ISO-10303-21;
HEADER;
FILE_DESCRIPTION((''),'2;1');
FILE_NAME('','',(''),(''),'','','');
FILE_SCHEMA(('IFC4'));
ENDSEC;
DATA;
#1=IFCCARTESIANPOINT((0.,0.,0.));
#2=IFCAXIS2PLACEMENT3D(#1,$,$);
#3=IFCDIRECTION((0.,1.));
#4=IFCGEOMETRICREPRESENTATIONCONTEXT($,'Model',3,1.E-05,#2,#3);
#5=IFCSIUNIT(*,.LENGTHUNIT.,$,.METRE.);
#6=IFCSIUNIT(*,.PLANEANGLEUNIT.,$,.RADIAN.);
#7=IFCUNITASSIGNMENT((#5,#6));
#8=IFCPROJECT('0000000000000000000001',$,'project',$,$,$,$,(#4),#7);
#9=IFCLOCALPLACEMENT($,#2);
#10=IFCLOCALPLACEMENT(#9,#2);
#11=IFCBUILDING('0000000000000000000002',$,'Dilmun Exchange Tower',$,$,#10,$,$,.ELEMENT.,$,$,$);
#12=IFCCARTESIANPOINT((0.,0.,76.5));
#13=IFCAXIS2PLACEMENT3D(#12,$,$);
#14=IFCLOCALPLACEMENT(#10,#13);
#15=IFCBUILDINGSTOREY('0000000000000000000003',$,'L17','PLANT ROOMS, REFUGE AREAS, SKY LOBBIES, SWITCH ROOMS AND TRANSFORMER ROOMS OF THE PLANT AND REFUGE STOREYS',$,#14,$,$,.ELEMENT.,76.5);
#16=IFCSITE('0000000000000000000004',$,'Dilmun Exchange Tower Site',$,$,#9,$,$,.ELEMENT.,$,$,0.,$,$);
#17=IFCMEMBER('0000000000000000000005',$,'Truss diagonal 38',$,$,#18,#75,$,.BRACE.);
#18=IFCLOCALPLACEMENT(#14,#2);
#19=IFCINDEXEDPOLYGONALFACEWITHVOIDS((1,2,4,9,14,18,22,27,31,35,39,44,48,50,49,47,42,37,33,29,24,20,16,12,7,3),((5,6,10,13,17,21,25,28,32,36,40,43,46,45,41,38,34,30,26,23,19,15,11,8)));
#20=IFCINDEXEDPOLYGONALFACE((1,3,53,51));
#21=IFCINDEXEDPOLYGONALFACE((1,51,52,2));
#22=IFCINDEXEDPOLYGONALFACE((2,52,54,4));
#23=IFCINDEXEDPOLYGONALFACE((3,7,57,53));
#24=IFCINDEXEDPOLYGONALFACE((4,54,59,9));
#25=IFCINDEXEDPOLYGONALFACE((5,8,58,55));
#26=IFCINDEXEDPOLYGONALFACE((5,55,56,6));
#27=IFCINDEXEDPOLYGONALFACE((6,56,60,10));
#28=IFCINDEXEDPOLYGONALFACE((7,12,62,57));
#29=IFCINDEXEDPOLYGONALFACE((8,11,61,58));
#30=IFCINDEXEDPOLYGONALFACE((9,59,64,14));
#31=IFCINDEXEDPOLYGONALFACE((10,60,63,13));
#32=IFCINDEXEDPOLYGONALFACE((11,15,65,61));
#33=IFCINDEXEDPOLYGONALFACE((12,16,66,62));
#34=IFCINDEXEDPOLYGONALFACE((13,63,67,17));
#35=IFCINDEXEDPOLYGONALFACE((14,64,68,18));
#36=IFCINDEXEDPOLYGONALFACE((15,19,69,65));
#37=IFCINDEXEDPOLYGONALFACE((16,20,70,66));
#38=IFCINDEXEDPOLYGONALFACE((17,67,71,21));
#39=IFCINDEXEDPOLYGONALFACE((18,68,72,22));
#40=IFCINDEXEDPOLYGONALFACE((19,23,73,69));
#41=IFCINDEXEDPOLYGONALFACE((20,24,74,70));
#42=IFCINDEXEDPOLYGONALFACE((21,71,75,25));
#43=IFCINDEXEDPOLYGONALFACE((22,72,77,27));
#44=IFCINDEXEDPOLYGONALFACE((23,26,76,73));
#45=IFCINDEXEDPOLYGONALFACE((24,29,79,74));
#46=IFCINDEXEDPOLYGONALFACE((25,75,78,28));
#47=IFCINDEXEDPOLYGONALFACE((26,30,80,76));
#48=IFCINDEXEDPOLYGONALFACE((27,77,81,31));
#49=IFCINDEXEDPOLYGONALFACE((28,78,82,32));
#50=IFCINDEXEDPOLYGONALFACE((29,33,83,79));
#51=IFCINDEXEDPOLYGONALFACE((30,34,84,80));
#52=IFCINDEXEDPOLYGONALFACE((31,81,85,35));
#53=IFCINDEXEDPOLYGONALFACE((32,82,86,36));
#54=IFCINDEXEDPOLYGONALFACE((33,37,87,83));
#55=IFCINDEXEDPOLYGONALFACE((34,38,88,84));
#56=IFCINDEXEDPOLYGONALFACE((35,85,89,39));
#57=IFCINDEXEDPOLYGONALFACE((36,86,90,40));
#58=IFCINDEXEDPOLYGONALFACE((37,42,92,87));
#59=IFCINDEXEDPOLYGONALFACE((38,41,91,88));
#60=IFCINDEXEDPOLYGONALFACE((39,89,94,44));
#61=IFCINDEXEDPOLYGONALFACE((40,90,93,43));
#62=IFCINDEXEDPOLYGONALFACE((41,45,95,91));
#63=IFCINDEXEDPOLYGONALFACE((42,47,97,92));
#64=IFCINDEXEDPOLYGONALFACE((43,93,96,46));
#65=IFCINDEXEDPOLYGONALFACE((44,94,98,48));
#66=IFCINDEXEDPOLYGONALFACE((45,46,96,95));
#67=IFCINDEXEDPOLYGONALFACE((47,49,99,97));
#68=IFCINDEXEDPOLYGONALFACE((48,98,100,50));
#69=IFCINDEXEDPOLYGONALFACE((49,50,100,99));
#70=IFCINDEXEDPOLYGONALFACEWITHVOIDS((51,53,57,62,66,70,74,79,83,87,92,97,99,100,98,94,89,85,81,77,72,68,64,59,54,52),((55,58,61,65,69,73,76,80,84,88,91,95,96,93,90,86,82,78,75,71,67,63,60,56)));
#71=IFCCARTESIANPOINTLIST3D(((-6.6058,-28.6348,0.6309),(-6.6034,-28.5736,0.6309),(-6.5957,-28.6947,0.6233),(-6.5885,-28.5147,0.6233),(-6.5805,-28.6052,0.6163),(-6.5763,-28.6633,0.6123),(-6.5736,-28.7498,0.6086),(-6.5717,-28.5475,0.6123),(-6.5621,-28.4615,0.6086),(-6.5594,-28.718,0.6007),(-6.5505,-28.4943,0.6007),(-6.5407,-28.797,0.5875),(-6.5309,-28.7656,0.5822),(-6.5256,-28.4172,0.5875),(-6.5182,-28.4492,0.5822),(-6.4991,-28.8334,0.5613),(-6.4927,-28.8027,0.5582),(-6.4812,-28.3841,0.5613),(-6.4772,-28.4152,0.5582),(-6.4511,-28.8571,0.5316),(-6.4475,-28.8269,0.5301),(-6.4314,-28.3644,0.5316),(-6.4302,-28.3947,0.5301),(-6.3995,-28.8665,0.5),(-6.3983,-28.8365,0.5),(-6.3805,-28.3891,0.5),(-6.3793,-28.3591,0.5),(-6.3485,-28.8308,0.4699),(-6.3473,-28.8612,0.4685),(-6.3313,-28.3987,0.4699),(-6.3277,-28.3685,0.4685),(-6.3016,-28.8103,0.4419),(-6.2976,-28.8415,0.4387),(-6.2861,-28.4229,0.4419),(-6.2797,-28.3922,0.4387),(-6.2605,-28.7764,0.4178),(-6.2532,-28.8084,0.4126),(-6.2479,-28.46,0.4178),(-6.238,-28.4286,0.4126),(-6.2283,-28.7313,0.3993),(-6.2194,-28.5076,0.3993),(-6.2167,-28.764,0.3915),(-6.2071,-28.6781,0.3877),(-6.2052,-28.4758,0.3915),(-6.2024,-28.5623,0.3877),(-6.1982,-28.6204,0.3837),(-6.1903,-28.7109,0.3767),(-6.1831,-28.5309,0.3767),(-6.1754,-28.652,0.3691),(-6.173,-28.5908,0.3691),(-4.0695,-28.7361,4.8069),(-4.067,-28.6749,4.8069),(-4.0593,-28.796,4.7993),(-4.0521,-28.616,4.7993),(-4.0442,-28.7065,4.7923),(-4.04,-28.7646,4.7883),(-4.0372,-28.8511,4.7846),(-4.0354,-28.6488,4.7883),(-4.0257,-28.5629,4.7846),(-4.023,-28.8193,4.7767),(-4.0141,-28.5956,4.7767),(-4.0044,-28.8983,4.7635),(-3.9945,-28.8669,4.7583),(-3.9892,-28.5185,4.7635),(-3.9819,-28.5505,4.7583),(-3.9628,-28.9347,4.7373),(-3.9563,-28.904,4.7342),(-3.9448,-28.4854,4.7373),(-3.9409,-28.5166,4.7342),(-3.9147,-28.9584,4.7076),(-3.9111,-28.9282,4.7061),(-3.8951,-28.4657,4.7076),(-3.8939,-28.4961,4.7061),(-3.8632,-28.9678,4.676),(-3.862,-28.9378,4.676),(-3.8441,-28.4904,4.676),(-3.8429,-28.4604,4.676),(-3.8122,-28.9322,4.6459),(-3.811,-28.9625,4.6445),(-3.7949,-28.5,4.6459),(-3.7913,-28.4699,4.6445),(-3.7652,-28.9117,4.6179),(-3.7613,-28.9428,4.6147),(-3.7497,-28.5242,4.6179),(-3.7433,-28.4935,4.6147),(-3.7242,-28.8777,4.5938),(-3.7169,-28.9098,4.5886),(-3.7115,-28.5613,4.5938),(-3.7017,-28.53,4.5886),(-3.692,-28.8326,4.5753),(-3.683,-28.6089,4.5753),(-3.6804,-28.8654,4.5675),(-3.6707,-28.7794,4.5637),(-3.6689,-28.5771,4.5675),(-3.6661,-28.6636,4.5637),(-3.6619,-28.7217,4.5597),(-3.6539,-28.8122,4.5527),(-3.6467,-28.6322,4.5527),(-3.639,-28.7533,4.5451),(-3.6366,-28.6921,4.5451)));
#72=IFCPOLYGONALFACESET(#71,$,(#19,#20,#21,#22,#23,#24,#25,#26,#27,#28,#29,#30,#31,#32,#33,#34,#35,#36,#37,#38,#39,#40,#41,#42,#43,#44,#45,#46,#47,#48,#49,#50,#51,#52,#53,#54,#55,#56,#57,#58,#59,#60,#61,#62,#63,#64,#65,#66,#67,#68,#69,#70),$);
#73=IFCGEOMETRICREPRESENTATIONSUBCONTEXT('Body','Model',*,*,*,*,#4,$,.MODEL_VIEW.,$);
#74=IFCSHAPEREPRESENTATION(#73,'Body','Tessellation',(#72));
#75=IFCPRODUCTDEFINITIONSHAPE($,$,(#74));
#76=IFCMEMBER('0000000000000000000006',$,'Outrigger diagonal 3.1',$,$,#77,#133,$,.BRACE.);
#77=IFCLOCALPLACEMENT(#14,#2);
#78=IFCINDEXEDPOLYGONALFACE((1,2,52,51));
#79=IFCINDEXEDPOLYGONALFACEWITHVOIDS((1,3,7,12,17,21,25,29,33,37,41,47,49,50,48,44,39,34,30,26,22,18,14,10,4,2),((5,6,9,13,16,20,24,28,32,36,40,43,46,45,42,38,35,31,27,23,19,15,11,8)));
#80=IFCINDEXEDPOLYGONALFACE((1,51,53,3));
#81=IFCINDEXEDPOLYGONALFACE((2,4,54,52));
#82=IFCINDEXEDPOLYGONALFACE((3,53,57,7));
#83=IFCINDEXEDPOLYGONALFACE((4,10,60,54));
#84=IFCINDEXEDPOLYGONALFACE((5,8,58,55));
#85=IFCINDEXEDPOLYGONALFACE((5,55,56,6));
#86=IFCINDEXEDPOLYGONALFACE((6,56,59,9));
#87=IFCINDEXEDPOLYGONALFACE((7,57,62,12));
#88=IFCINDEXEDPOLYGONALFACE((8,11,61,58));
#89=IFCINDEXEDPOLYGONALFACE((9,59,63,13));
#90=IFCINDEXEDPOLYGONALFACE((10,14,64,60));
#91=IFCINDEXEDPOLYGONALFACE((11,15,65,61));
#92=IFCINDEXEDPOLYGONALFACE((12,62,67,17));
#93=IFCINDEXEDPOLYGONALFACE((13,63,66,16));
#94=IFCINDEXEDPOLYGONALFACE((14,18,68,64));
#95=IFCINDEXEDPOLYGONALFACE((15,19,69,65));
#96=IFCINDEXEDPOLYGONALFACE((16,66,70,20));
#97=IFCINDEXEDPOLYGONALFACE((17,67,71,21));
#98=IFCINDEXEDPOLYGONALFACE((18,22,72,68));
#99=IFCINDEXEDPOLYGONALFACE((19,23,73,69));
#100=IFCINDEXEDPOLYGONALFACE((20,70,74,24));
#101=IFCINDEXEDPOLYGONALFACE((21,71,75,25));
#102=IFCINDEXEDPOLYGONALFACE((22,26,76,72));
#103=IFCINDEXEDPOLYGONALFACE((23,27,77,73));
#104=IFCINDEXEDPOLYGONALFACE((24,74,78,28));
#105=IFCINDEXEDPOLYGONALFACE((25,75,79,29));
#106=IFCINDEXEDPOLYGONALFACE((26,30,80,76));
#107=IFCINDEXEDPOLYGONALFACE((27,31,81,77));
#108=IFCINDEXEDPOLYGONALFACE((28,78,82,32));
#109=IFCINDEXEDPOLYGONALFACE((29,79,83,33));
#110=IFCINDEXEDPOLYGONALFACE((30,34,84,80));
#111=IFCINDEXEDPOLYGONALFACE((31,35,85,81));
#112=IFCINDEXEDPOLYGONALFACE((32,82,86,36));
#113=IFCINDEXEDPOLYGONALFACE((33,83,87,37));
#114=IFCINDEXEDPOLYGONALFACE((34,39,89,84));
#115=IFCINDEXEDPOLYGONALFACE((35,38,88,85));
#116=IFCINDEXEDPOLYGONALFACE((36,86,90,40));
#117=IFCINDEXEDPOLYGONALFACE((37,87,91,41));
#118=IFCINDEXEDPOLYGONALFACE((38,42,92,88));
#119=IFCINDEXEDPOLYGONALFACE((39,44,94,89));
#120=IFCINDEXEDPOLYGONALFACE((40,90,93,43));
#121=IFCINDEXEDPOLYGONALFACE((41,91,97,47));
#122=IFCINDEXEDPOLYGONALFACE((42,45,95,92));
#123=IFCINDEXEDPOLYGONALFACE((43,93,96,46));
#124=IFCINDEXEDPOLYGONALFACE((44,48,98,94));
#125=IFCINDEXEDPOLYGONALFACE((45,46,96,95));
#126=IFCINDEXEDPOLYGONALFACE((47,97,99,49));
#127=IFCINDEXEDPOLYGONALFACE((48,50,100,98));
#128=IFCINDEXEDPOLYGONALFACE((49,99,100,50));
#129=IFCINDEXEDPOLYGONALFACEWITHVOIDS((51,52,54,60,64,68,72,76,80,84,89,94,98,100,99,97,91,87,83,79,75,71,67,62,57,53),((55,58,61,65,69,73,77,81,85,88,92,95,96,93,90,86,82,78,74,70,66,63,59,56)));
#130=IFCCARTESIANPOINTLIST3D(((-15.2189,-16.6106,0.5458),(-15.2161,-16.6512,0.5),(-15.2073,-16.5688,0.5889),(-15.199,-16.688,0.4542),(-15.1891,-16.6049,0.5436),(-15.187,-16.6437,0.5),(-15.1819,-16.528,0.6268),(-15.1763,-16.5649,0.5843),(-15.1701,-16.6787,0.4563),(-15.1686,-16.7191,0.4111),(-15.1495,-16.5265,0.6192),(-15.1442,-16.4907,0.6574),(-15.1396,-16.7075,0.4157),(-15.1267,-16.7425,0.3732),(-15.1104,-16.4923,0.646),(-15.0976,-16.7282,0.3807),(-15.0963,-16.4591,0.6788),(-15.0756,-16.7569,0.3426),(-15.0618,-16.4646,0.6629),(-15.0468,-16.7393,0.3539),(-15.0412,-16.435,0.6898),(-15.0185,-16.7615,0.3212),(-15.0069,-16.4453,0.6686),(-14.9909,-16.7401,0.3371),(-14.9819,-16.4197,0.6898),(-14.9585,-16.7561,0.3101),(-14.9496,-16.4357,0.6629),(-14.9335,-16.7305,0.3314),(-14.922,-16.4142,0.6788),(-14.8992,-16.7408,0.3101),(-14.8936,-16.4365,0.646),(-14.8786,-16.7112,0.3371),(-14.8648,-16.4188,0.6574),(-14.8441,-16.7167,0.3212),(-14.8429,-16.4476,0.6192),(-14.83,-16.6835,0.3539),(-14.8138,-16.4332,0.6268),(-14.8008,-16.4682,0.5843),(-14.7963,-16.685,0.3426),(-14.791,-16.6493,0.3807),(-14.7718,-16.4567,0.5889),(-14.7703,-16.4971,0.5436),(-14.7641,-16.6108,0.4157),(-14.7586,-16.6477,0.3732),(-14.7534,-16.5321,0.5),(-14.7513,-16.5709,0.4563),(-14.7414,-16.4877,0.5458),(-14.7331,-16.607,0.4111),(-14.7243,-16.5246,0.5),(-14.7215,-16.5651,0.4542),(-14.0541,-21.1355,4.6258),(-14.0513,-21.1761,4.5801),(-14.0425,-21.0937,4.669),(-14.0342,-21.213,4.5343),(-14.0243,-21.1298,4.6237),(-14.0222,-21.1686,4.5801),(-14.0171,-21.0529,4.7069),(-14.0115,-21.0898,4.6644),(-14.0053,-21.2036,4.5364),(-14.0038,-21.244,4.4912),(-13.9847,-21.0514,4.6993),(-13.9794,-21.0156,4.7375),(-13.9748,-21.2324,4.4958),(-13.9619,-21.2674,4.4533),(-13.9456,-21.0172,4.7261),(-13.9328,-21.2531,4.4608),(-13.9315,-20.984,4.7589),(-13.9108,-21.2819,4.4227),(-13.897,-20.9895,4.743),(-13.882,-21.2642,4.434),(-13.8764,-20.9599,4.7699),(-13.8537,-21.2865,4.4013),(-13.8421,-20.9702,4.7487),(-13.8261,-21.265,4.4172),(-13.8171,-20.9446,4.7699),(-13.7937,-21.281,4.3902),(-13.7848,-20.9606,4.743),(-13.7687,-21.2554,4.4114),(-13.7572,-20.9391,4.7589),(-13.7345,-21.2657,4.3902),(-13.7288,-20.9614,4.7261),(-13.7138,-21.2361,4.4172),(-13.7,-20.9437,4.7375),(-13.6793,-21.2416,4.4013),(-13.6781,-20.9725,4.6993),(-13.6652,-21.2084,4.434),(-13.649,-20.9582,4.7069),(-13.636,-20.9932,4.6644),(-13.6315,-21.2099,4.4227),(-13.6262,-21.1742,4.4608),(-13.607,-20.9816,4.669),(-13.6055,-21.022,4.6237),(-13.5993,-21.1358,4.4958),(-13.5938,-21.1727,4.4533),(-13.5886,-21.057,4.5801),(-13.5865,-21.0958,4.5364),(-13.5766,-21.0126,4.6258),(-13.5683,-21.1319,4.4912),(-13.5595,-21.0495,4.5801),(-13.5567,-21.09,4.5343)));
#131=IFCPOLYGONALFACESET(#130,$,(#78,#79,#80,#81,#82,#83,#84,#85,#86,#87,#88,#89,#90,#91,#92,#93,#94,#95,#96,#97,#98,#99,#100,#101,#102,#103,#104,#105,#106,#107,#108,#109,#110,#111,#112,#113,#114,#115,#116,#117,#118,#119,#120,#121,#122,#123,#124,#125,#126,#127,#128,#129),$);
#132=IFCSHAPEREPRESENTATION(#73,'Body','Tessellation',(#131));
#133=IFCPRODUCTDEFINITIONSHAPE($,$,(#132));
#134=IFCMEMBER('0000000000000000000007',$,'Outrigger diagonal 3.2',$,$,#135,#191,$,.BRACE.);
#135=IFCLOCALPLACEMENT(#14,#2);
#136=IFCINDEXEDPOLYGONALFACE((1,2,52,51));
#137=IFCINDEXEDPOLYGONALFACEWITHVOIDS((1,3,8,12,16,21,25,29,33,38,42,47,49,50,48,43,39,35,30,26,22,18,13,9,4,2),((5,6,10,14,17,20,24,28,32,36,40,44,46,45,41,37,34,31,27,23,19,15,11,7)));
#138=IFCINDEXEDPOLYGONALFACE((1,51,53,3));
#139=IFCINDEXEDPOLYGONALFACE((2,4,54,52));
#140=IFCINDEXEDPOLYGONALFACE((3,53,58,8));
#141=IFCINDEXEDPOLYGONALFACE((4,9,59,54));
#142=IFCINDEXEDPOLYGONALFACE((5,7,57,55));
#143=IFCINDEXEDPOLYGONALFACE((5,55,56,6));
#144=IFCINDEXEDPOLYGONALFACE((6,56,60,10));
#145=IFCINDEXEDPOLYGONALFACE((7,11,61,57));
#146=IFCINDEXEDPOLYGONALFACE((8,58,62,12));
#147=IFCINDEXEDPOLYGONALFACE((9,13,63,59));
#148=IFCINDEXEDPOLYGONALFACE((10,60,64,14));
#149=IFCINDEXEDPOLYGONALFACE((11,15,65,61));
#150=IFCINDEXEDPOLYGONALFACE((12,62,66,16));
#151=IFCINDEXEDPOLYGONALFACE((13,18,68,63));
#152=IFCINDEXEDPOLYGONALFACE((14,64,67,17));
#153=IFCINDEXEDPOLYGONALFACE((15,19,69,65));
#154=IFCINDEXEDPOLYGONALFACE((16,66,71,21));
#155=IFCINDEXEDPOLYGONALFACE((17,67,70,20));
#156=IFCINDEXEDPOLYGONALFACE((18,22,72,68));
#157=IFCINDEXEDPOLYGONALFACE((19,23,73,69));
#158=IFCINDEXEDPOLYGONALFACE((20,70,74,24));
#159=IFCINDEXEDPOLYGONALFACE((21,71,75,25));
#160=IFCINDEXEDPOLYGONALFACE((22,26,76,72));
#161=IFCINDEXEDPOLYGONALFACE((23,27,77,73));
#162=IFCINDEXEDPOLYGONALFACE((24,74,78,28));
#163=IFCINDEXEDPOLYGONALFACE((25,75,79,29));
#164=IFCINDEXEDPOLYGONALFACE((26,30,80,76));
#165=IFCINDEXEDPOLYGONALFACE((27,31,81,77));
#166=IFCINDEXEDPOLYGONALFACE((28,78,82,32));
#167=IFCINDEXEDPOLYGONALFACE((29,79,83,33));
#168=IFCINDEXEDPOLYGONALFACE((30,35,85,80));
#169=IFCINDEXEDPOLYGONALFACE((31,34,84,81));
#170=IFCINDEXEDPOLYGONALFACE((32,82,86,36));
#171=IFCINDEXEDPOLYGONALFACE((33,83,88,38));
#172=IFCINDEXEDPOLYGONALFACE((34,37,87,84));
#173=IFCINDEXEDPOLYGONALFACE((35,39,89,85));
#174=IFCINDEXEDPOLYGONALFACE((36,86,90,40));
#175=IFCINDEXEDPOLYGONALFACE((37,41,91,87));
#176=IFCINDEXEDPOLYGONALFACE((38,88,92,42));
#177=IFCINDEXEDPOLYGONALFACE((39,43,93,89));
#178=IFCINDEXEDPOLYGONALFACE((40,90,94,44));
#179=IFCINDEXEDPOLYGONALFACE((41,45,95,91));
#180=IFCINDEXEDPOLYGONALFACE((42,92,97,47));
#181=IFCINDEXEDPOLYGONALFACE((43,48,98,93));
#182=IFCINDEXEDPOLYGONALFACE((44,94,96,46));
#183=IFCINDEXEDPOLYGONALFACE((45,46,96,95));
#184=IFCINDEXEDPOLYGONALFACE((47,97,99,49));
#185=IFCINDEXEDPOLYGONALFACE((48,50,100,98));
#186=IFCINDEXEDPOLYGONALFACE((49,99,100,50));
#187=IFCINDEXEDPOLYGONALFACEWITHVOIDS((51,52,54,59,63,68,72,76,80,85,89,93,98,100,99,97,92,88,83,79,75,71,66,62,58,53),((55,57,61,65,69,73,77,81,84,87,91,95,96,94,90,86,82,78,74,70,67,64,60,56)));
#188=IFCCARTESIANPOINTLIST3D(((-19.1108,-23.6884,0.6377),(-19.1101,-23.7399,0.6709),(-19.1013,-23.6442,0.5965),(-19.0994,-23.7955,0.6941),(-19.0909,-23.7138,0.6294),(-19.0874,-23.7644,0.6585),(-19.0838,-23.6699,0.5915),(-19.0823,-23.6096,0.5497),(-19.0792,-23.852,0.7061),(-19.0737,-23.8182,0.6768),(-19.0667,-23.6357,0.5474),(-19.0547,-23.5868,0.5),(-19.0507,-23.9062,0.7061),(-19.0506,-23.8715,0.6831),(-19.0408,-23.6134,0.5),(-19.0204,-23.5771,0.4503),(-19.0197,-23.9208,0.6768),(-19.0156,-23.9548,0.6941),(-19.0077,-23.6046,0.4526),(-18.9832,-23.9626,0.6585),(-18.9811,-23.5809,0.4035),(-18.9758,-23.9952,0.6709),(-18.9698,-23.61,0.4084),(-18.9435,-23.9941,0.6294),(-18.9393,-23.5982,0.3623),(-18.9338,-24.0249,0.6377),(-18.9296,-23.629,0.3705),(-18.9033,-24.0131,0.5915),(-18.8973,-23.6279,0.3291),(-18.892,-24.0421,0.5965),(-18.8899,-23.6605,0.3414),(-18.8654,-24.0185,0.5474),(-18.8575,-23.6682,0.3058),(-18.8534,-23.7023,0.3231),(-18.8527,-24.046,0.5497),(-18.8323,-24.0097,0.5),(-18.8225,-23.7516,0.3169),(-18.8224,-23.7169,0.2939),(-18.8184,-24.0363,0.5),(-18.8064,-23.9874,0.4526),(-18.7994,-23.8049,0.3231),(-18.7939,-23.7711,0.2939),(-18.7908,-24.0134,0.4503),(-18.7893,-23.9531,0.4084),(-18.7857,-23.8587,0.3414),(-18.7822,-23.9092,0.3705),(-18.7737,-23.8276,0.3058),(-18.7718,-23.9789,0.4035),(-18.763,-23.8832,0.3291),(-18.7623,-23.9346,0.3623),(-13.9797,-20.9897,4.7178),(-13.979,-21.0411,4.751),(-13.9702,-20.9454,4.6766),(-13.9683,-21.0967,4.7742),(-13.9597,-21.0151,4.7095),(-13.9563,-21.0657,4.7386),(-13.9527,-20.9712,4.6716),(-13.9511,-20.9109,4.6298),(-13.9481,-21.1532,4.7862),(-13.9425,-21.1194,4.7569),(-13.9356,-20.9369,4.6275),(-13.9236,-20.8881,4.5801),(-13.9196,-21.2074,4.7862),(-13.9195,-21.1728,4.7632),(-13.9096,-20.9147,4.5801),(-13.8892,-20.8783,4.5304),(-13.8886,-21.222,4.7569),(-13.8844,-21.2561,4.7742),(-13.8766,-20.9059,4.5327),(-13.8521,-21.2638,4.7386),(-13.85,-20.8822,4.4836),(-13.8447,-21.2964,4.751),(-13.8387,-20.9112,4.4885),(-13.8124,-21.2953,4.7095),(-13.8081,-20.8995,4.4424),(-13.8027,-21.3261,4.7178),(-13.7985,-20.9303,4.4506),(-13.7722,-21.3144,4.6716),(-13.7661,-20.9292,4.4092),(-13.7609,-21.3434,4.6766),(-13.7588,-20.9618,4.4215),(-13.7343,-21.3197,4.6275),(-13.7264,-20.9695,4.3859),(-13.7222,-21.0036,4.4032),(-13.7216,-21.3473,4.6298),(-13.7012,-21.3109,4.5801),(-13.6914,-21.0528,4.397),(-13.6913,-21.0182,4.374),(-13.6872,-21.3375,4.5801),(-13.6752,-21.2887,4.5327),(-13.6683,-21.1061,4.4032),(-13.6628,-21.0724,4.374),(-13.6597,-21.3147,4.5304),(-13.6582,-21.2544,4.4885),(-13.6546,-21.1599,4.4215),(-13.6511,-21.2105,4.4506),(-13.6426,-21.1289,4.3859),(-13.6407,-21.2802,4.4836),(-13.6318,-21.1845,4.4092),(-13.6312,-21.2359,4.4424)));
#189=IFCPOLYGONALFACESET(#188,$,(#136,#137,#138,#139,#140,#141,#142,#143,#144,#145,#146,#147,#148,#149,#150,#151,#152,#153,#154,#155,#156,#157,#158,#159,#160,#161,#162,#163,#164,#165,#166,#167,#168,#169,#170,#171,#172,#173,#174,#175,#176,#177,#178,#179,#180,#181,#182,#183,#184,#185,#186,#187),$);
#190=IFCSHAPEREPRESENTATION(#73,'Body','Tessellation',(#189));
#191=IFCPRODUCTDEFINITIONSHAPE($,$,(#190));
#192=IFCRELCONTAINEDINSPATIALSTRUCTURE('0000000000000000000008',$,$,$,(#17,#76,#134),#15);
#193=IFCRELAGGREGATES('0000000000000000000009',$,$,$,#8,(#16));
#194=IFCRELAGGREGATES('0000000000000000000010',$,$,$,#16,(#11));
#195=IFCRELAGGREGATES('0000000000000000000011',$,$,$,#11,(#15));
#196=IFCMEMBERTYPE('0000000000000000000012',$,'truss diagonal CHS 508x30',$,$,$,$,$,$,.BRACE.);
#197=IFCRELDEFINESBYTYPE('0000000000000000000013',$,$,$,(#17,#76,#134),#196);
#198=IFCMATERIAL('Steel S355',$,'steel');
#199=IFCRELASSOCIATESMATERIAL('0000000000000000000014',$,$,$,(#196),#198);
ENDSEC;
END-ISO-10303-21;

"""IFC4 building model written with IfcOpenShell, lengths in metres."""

from ifc_helpers import new_model, si_unit, direction, frame, origin, origin_2d, place, context, subcontext, project, spatial, hollow_circle, extrude, material, material_profile, profile_set, type_object, element, save


model = new_model("IFC4")

# Units and contexts
model_context = context("Model", 3, precision=1e-05, world=origin(), true_north=direction((0.0, 1.0)))
body_context = subcontext(model_context, "Body", "Model", "MODEL_VIEW")
ifc_project = project(units=[si_unit("LENGTHUNIT", "METRE"), si_unit("PLANEANGLEUNIT", "RADIAN")], contexts=[model_context])

# Site, building, storey
site_placement = place(None, origin())
site = spatial("IfcSite", under=ifc_project, at=site_placement, Name="Dilmun Exchange Tower Site", CompositionType="ELEMENT", RefElevation=0.0)
building_placement = place(site_placement, origin())
building = spatial("IfcBuilding", under=site, at=building_placement, Name="Dilmun Exchange Tower", CompositionType="ELEMENT")
storey_placement = place(building_placement, frame((0.0, 0.0, 76.5)))
storey = spatial("IfcBuildingStorey", under=building, at=storey_placement, Name="L17", Description="PLANT ROOMS, REFUGE AREAS, SKY LOBBIES, SWITCH ROOMS AND TRANSFORMER ROOMS OF THE PLANT AND REFUGE STOREYS", CompositionType="ELEMENT", Elevation=76.5)

# Shared definitions
ifc_material_1 = material(Name="Steel S355", Category="steel")

# Members
ifc_material_profile_1 = material_profile(ifc_material_1, hollow_circle(Radius=0.2539, WallThickness=0.03, at=origin_2d()), Name="CHS 508x30")
ifc_profile_set_1 = profile_set([ifc_material_profile_1], Name="Steel S355")
member_type_1 = type_object("IfcMemberType", Name="truss diagonal CHS 508x30", PredefinedType="BRACE", material=ifc_profile_set_1)
for number, where, z_axis, x_axis, name in (
    (1, (-3.853, -28.7141, 4.676), (-0.519006, 0.020732, -0.854519), (-0.039914, -0.999203, 0.0), "Truss diagonal 38"),
):
    element("IfcMember", number, at=place(storey_placement, frame(where, z_axis=z_axis, x_axis=x_axis)), inside=storey, type_object=member_type_1, Name=name, PredefinedType="BRACE", context=body_context, shape_type="SweptSolid", body=[
        extrude(hollow_circle(Radius=0.2539, WallThickness=0.03, at=origin_2d()), origin(), (0.0, 0.0, 1.0), 4.887),
    ])
member_1_placement = place(storey_placement, frame((-13.8054, -21.1128, 4.5801), z_axis=(-0.187776, 0.729458, -0.657748), x_axis=(-0.968428, -0.249292, 0.0)))
element("IfcMember", 2, at=member_1_placement, inside=storey, type_object=member_type_1, Name="Outrigger diagonal 3.1", PredefinedType="BRACE", context=body_context, shape_type="SweptSolid", body=[
    extrude(hollow_circle(Radius=0.2539, WallThickness=0.03, at=origin_2d()), origin(), (0.0, 0.0, 1.0), 6.2031),
])
member_2_placement = place(storey_placement, frame((-13.8054, -21.1128, 4.5801), z_axis=(-0.72378, -0.380676, -0.575525), x_axis=(0.465496, -0.88505, 0.0)))
element("IfcMember", 3, at=member_2_placement, inside=storey, type_object=member_type_1, Name="Outrigger diagonal 3.2", PredefinedType="BRACE", context=body_context, shape_type="SweptSolid", body=[
    extrude(hollow_circle(Radius=0.2539, WallThickness=0.03, at=origin_2d()), origin(), (0.0, 0.0, 1.0), 7.0894),
])

save(model, "model.ifc")
